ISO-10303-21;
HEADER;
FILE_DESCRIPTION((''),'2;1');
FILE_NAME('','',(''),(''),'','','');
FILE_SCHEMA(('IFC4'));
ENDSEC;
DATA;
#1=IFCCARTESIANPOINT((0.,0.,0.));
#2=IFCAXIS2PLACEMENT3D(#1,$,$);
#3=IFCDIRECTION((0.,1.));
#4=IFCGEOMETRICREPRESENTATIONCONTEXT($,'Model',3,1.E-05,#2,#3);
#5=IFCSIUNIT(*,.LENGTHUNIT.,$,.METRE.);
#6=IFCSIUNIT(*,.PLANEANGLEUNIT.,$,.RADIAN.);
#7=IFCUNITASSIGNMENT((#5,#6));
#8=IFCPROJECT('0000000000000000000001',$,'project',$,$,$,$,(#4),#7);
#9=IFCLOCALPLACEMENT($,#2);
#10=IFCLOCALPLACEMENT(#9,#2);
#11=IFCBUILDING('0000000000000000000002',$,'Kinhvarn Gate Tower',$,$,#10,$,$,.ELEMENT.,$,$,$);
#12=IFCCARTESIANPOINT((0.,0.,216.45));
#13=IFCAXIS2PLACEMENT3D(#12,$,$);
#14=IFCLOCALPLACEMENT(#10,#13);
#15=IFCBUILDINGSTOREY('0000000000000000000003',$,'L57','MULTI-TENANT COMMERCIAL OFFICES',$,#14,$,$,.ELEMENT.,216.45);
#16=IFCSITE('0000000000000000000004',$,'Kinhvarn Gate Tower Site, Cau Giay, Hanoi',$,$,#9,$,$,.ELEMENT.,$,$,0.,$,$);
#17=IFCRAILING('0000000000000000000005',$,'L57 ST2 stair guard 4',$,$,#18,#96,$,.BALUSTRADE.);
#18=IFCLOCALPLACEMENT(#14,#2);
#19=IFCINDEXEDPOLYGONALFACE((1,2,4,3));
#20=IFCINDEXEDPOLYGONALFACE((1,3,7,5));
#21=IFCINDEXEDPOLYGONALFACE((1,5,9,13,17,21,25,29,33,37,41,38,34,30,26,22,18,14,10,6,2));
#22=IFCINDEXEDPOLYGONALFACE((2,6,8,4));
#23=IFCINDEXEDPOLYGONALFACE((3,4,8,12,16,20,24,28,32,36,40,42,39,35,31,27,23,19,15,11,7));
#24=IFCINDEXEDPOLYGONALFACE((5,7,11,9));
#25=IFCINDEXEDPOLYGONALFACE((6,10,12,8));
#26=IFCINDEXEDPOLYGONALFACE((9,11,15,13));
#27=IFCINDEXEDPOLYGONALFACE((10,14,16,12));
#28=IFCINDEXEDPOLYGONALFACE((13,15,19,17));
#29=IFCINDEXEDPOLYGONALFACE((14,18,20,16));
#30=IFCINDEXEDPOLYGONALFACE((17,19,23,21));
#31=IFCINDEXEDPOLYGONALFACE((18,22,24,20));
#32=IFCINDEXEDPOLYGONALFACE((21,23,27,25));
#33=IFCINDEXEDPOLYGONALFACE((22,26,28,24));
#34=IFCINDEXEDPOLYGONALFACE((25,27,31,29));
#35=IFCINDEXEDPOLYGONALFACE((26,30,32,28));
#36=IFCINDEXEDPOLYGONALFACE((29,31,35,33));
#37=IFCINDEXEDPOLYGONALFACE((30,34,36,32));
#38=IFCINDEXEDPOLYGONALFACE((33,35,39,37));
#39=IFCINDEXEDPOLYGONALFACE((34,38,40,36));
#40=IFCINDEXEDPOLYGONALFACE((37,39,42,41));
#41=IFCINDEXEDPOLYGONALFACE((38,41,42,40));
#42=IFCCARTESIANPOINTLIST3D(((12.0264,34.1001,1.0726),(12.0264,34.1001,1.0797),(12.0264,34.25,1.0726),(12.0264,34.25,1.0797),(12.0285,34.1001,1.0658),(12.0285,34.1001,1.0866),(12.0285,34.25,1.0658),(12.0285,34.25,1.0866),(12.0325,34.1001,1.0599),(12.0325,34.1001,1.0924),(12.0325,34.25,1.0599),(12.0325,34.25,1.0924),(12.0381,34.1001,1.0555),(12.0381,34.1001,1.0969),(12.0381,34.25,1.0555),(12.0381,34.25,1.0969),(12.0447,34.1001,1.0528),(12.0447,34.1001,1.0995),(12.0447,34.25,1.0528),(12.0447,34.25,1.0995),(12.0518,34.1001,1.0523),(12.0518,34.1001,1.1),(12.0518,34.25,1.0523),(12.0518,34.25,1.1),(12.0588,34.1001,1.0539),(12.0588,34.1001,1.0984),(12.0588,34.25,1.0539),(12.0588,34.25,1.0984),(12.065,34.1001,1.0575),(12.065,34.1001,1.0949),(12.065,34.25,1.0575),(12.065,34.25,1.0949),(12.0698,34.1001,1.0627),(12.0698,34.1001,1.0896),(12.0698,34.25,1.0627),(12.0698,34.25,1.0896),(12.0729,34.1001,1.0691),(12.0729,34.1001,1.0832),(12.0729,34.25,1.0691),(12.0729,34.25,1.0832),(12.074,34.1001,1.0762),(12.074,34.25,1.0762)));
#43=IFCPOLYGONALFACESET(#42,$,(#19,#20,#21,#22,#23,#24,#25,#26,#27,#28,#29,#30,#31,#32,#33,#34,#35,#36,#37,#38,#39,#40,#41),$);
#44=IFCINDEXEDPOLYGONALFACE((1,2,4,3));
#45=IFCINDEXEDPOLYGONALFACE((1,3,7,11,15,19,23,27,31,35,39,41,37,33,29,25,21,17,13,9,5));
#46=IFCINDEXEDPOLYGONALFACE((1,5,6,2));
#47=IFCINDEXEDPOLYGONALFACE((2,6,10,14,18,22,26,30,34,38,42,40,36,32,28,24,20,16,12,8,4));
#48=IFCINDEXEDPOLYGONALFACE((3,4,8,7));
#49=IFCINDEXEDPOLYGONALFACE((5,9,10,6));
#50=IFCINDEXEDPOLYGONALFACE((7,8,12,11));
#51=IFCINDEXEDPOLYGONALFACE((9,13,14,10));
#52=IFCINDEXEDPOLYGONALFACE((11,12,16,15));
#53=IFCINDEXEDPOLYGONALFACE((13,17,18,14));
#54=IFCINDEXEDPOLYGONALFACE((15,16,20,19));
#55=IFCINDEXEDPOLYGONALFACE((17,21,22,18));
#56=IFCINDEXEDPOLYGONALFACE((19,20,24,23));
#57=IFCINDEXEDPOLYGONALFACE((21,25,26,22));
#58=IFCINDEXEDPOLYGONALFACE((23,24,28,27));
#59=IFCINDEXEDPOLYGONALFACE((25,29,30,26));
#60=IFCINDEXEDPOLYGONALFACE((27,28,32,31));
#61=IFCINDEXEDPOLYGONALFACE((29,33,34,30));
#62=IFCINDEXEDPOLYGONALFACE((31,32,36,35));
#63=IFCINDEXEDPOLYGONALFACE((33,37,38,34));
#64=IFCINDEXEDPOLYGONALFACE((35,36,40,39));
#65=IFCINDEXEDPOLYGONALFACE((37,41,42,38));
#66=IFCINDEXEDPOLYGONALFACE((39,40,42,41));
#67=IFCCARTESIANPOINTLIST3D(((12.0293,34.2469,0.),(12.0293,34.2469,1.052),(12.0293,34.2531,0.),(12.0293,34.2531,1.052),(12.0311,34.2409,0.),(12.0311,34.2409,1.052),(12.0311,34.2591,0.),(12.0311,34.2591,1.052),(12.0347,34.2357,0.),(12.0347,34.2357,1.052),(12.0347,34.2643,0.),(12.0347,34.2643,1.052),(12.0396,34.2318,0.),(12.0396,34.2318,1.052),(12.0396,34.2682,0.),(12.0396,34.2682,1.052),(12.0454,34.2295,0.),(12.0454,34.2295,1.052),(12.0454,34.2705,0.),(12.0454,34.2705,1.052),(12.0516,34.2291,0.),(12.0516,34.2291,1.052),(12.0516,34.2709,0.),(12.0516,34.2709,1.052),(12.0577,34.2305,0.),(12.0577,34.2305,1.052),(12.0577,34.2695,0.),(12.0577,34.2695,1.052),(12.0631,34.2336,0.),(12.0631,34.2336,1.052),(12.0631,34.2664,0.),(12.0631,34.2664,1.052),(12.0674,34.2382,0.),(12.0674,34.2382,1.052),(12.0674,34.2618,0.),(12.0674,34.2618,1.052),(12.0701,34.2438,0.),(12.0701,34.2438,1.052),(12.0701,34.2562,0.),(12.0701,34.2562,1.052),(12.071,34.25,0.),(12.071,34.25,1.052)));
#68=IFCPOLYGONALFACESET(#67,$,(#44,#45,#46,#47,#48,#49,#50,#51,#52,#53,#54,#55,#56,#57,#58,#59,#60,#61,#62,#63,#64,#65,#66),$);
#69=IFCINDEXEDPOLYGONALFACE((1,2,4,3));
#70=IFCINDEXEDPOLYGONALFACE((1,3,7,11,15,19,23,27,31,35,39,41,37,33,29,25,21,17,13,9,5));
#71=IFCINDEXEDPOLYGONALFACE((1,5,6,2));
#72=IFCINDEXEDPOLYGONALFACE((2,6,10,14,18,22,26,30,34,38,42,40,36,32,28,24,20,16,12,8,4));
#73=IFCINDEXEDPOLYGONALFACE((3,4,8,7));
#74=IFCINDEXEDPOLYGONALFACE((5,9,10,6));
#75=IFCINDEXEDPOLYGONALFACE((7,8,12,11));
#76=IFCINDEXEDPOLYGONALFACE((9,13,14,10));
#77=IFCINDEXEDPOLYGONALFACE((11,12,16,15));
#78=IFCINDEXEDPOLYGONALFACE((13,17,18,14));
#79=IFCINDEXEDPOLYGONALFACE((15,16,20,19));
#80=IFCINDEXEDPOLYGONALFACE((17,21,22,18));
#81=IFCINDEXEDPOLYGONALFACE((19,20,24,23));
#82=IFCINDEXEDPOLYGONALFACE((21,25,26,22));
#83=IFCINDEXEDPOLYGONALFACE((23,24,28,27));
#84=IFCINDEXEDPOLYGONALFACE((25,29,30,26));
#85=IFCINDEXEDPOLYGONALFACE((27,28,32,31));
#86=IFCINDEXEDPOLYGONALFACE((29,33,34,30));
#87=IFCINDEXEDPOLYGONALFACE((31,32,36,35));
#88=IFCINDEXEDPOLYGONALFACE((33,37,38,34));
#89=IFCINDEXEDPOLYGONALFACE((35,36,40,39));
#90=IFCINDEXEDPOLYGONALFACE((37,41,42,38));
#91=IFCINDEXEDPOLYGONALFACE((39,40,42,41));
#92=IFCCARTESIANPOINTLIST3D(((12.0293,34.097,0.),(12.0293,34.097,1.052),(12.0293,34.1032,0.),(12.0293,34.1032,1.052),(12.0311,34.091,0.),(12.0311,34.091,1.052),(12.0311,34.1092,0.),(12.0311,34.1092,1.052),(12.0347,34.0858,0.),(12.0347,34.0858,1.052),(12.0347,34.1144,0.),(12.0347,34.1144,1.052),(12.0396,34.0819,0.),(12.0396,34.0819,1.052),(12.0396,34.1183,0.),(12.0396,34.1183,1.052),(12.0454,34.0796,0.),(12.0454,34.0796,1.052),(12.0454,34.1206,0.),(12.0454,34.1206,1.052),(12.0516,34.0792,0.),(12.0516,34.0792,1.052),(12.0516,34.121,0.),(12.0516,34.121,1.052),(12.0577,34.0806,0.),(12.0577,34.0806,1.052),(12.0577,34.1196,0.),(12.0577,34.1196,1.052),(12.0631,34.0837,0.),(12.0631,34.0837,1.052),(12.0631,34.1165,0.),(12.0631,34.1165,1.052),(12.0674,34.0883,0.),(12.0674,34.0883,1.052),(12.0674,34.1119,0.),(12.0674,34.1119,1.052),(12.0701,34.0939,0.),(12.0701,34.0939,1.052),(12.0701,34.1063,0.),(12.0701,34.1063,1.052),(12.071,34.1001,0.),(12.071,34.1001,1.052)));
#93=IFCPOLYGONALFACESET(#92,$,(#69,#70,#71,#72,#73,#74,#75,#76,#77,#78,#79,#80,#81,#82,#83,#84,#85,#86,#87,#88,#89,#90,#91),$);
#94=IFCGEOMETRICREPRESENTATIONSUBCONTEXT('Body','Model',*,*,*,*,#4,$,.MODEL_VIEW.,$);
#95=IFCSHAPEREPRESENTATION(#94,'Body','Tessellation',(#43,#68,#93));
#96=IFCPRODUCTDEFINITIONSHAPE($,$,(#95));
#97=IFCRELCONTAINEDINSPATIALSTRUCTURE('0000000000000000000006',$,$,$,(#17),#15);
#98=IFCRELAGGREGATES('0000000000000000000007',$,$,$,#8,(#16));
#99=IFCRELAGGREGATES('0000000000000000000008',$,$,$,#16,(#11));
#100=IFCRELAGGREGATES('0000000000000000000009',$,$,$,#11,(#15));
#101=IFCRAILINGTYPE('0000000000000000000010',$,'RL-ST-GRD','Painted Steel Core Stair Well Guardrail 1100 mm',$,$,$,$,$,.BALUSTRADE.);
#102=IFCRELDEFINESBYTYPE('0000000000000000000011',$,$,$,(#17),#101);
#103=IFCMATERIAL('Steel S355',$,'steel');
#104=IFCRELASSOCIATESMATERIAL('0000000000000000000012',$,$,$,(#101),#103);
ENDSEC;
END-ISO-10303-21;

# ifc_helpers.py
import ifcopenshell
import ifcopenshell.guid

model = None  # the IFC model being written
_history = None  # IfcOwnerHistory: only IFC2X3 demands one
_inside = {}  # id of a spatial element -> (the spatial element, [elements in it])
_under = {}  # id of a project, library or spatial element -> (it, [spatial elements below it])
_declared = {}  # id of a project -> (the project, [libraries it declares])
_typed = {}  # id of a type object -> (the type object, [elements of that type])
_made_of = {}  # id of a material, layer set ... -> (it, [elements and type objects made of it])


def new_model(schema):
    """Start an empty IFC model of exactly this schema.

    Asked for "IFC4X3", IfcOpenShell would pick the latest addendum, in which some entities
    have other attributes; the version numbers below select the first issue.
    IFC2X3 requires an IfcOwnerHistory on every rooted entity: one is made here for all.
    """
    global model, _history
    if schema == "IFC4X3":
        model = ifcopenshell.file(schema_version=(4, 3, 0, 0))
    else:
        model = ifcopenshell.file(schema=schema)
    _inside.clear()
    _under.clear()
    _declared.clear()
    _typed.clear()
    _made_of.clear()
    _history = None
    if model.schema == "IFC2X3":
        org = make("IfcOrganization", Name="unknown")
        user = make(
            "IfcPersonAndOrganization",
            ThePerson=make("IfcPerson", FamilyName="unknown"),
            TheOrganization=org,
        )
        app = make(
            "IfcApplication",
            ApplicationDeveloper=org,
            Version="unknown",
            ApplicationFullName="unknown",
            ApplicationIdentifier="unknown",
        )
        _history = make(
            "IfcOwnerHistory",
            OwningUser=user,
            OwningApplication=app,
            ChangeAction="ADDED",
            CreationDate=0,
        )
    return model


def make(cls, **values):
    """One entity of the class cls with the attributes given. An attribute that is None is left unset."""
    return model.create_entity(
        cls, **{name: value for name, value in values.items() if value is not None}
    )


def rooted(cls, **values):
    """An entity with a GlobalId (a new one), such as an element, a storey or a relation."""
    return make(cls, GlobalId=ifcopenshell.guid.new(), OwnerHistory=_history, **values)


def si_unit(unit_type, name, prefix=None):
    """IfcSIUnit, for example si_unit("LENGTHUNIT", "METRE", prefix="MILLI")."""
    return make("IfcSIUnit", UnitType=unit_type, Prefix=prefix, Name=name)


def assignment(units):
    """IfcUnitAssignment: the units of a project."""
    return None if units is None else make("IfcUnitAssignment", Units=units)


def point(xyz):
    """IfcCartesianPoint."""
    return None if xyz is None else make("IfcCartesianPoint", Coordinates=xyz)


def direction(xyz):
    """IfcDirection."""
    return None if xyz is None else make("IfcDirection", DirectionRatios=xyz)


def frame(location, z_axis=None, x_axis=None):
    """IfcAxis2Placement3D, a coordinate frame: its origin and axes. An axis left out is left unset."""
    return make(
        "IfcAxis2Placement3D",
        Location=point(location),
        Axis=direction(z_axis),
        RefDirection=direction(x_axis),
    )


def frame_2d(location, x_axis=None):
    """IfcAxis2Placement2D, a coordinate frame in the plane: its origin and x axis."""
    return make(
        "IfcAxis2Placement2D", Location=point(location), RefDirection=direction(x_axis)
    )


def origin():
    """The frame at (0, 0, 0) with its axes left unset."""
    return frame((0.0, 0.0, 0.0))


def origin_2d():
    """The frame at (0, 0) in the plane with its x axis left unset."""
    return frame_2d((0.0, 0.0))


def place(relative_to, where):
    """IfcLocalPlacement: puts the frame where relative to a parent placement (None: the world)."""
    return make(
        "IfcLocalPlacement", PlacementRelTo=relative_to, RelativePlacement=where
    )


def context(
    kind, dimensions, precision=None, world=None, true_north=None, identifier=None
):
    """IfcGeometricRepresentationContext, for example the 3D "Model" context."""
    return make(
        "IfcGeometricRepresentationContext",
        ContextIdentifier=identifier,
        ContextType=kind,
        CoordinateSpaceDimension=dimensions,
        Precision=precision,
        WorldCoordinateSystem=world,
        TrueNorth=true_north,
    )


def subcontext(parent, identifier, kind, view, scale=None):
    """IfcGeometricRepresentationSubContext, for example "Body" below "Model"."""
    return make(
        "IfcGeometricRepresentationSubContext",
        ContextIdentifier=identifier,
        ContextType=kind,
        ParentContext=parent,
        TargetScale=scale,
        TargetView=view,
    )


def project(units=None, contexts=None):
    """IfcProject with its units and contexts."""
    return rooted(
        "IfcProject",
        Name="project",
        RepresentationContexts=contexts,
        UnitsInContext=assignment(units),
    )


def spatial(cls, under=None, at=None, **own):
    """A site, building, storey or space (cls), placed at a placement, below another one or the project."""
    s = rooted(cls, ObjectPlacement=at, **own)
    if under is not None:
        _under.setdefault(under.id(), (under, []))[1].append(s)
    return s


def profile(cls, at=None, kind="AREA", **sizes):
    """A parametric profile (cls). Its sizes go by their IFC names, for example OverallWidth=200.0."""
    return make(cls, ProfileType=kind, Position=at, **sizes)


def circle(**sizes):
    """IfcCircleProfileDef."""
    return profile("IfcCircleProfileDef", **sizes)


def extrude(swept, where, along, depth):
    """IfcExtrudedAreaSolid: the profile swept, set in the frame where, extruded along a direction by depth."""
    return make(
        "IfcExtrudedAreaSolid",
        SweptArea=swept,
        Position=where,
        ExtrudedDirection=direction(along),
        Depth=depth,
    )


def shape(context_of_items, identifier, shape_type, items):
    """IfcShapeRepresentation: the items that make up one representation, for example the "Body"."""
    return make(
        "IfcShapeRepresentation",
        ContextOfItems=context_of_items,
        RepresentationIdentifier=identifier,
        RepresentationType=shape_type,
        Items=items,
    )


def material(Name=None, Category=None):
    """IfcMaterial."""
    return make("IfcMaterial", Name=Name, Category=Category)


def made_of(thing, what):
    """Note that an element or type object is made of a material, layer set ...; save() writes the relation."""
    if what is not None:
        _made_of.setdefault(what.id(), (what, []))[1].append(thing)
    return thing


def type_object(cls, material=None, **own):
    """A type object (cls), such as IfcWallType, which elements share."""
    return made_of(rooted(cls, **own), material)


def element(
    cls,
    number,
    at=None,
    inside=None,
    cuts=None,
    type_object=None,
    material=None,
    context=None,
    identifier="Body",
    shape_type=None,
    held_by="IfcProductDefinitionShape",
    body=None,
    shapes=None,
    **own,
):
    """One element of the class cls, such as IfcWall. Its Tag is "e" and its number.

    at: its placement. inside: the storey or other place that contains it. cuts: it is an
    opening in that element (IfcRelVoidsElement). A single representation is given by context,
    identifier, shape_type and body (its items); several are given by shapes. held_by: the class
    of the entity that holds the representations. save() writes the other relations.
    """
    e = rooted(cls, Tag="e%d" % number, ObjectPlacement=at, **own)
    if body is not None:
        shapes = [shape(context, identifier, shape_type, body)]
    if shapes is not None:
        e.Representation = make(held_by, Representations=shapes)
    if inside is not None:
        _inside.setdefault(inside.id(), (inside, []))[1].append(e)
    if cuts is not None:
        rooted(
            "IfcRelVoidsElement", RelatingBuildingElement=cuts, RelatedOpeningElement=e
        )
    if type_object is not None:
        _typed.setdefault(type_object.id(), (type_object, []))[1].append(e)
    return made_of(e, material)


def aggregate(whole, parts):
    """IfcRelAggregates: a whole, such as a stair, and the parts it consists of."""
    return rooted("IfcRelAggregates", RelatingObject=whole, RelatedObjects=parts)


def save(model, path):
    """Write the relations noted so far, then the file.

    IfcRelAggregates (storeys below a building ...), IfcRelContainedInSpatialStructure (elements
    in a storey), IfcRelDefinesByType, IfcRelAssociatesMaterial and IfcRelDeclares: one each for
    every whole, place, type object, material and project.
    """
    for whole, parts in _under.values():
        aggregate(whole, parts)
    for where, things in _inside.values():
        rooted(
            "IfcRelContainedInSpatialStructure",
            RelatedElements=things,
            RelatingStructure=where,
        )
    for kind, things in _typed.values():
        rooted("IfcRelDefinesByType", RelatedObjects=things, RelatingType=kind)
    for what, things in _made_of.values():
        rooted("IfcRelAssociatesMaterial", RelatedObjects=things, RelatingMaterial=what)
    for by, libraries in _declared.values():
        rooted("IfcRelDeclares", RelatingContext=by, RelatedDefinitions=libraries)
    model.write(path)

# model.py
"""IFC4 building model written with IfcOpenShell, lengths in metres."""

from ifc_helpers import new_model, si_unit, direction, frame, origin, origin_2d, place, context, subcontext, project, spatial, circle, extrude, material, type_object, element, save


model = new_model("IFC4")

# Units and contexts
model_context = context("Model", 3, precision=1e-05, world=origin(), true_north=direction((0.0, 1.0)))
body_context = subcontext(model_context, "Body", "Model", "MODEL_VIEW")
ifc_project = project(units=[si_unit("LENGTHUNIT", "METRE"), si_unit("PLANEANGLEUNIT", "RADIAN")], contexts=[model_context])

# Site, building, storey
site_placement = place(None, origin())
site = spatial("IfcSite", under=ifc_project, at=site_placement, Name="Kinhvarn Gate Tower Site, Cau Giay, Hanoi", CompositionType="ELEMENT", RefElevation=0.0)
building_placement = place(site_placement, origin())
building = spatial("IfcBuilding", under=site, at=building_placement, Name="Kinhvarn Gate Tower", CompositionType="ELEMENT")
storey_placement = place(building_placement, frame((0.0, 0.0, 216.45)))
storey = spatial("IfcBuildingStorey", under=building, at=storey_placement, Name="L57", Description="MULTI-TENANT COMMERCIAL OFFICES", CompositionType="ELEMENT", Elevation=216.45)

# Railing
ifc_material_1 = material(Name="Steel S355", Category="steel")
railing_type_1 = type_object("IfcRailingType", Name="RL-ST-GRD", Description="Painted Steel Core Stair Well Guardrail 1100 mm", PredefinedType="BALUSTRADE", material=ifc_material_1)
railing_1_placement = place(storey_placement, frame((12.05, 34.25, 0.0)))
element("IfcRailing", 1, at=railing_1_placement, inside=storey, type_object=railing_type_1, Name="L57 ST2 stair guard 4", PredefinedType="BALUSTRADE", context=body_context, shape_type="SweptSolid", body=[
    extrude(circle(Radius=0.0239, at=origin_2d()), frame((0.0, 0.0, 1.0762), z_axis=(0.0, -1.0, 0.0), x_axis=(1.0, 0.0, 0.0)), (0.0, 0.0, 1.0), 0.1499),
    extrude(circle(Radius=0.021, at=origin_2d()), origin(), (0.0, 0.0, 1.0), 1.052),
    extrude(circle(Radius=0.021, at=origin_2d()), frame((0.0, -0.1499, 0.0)), (0.0, 0.0, 1.0), 1.052),
])

save(model, "model.ifc")
